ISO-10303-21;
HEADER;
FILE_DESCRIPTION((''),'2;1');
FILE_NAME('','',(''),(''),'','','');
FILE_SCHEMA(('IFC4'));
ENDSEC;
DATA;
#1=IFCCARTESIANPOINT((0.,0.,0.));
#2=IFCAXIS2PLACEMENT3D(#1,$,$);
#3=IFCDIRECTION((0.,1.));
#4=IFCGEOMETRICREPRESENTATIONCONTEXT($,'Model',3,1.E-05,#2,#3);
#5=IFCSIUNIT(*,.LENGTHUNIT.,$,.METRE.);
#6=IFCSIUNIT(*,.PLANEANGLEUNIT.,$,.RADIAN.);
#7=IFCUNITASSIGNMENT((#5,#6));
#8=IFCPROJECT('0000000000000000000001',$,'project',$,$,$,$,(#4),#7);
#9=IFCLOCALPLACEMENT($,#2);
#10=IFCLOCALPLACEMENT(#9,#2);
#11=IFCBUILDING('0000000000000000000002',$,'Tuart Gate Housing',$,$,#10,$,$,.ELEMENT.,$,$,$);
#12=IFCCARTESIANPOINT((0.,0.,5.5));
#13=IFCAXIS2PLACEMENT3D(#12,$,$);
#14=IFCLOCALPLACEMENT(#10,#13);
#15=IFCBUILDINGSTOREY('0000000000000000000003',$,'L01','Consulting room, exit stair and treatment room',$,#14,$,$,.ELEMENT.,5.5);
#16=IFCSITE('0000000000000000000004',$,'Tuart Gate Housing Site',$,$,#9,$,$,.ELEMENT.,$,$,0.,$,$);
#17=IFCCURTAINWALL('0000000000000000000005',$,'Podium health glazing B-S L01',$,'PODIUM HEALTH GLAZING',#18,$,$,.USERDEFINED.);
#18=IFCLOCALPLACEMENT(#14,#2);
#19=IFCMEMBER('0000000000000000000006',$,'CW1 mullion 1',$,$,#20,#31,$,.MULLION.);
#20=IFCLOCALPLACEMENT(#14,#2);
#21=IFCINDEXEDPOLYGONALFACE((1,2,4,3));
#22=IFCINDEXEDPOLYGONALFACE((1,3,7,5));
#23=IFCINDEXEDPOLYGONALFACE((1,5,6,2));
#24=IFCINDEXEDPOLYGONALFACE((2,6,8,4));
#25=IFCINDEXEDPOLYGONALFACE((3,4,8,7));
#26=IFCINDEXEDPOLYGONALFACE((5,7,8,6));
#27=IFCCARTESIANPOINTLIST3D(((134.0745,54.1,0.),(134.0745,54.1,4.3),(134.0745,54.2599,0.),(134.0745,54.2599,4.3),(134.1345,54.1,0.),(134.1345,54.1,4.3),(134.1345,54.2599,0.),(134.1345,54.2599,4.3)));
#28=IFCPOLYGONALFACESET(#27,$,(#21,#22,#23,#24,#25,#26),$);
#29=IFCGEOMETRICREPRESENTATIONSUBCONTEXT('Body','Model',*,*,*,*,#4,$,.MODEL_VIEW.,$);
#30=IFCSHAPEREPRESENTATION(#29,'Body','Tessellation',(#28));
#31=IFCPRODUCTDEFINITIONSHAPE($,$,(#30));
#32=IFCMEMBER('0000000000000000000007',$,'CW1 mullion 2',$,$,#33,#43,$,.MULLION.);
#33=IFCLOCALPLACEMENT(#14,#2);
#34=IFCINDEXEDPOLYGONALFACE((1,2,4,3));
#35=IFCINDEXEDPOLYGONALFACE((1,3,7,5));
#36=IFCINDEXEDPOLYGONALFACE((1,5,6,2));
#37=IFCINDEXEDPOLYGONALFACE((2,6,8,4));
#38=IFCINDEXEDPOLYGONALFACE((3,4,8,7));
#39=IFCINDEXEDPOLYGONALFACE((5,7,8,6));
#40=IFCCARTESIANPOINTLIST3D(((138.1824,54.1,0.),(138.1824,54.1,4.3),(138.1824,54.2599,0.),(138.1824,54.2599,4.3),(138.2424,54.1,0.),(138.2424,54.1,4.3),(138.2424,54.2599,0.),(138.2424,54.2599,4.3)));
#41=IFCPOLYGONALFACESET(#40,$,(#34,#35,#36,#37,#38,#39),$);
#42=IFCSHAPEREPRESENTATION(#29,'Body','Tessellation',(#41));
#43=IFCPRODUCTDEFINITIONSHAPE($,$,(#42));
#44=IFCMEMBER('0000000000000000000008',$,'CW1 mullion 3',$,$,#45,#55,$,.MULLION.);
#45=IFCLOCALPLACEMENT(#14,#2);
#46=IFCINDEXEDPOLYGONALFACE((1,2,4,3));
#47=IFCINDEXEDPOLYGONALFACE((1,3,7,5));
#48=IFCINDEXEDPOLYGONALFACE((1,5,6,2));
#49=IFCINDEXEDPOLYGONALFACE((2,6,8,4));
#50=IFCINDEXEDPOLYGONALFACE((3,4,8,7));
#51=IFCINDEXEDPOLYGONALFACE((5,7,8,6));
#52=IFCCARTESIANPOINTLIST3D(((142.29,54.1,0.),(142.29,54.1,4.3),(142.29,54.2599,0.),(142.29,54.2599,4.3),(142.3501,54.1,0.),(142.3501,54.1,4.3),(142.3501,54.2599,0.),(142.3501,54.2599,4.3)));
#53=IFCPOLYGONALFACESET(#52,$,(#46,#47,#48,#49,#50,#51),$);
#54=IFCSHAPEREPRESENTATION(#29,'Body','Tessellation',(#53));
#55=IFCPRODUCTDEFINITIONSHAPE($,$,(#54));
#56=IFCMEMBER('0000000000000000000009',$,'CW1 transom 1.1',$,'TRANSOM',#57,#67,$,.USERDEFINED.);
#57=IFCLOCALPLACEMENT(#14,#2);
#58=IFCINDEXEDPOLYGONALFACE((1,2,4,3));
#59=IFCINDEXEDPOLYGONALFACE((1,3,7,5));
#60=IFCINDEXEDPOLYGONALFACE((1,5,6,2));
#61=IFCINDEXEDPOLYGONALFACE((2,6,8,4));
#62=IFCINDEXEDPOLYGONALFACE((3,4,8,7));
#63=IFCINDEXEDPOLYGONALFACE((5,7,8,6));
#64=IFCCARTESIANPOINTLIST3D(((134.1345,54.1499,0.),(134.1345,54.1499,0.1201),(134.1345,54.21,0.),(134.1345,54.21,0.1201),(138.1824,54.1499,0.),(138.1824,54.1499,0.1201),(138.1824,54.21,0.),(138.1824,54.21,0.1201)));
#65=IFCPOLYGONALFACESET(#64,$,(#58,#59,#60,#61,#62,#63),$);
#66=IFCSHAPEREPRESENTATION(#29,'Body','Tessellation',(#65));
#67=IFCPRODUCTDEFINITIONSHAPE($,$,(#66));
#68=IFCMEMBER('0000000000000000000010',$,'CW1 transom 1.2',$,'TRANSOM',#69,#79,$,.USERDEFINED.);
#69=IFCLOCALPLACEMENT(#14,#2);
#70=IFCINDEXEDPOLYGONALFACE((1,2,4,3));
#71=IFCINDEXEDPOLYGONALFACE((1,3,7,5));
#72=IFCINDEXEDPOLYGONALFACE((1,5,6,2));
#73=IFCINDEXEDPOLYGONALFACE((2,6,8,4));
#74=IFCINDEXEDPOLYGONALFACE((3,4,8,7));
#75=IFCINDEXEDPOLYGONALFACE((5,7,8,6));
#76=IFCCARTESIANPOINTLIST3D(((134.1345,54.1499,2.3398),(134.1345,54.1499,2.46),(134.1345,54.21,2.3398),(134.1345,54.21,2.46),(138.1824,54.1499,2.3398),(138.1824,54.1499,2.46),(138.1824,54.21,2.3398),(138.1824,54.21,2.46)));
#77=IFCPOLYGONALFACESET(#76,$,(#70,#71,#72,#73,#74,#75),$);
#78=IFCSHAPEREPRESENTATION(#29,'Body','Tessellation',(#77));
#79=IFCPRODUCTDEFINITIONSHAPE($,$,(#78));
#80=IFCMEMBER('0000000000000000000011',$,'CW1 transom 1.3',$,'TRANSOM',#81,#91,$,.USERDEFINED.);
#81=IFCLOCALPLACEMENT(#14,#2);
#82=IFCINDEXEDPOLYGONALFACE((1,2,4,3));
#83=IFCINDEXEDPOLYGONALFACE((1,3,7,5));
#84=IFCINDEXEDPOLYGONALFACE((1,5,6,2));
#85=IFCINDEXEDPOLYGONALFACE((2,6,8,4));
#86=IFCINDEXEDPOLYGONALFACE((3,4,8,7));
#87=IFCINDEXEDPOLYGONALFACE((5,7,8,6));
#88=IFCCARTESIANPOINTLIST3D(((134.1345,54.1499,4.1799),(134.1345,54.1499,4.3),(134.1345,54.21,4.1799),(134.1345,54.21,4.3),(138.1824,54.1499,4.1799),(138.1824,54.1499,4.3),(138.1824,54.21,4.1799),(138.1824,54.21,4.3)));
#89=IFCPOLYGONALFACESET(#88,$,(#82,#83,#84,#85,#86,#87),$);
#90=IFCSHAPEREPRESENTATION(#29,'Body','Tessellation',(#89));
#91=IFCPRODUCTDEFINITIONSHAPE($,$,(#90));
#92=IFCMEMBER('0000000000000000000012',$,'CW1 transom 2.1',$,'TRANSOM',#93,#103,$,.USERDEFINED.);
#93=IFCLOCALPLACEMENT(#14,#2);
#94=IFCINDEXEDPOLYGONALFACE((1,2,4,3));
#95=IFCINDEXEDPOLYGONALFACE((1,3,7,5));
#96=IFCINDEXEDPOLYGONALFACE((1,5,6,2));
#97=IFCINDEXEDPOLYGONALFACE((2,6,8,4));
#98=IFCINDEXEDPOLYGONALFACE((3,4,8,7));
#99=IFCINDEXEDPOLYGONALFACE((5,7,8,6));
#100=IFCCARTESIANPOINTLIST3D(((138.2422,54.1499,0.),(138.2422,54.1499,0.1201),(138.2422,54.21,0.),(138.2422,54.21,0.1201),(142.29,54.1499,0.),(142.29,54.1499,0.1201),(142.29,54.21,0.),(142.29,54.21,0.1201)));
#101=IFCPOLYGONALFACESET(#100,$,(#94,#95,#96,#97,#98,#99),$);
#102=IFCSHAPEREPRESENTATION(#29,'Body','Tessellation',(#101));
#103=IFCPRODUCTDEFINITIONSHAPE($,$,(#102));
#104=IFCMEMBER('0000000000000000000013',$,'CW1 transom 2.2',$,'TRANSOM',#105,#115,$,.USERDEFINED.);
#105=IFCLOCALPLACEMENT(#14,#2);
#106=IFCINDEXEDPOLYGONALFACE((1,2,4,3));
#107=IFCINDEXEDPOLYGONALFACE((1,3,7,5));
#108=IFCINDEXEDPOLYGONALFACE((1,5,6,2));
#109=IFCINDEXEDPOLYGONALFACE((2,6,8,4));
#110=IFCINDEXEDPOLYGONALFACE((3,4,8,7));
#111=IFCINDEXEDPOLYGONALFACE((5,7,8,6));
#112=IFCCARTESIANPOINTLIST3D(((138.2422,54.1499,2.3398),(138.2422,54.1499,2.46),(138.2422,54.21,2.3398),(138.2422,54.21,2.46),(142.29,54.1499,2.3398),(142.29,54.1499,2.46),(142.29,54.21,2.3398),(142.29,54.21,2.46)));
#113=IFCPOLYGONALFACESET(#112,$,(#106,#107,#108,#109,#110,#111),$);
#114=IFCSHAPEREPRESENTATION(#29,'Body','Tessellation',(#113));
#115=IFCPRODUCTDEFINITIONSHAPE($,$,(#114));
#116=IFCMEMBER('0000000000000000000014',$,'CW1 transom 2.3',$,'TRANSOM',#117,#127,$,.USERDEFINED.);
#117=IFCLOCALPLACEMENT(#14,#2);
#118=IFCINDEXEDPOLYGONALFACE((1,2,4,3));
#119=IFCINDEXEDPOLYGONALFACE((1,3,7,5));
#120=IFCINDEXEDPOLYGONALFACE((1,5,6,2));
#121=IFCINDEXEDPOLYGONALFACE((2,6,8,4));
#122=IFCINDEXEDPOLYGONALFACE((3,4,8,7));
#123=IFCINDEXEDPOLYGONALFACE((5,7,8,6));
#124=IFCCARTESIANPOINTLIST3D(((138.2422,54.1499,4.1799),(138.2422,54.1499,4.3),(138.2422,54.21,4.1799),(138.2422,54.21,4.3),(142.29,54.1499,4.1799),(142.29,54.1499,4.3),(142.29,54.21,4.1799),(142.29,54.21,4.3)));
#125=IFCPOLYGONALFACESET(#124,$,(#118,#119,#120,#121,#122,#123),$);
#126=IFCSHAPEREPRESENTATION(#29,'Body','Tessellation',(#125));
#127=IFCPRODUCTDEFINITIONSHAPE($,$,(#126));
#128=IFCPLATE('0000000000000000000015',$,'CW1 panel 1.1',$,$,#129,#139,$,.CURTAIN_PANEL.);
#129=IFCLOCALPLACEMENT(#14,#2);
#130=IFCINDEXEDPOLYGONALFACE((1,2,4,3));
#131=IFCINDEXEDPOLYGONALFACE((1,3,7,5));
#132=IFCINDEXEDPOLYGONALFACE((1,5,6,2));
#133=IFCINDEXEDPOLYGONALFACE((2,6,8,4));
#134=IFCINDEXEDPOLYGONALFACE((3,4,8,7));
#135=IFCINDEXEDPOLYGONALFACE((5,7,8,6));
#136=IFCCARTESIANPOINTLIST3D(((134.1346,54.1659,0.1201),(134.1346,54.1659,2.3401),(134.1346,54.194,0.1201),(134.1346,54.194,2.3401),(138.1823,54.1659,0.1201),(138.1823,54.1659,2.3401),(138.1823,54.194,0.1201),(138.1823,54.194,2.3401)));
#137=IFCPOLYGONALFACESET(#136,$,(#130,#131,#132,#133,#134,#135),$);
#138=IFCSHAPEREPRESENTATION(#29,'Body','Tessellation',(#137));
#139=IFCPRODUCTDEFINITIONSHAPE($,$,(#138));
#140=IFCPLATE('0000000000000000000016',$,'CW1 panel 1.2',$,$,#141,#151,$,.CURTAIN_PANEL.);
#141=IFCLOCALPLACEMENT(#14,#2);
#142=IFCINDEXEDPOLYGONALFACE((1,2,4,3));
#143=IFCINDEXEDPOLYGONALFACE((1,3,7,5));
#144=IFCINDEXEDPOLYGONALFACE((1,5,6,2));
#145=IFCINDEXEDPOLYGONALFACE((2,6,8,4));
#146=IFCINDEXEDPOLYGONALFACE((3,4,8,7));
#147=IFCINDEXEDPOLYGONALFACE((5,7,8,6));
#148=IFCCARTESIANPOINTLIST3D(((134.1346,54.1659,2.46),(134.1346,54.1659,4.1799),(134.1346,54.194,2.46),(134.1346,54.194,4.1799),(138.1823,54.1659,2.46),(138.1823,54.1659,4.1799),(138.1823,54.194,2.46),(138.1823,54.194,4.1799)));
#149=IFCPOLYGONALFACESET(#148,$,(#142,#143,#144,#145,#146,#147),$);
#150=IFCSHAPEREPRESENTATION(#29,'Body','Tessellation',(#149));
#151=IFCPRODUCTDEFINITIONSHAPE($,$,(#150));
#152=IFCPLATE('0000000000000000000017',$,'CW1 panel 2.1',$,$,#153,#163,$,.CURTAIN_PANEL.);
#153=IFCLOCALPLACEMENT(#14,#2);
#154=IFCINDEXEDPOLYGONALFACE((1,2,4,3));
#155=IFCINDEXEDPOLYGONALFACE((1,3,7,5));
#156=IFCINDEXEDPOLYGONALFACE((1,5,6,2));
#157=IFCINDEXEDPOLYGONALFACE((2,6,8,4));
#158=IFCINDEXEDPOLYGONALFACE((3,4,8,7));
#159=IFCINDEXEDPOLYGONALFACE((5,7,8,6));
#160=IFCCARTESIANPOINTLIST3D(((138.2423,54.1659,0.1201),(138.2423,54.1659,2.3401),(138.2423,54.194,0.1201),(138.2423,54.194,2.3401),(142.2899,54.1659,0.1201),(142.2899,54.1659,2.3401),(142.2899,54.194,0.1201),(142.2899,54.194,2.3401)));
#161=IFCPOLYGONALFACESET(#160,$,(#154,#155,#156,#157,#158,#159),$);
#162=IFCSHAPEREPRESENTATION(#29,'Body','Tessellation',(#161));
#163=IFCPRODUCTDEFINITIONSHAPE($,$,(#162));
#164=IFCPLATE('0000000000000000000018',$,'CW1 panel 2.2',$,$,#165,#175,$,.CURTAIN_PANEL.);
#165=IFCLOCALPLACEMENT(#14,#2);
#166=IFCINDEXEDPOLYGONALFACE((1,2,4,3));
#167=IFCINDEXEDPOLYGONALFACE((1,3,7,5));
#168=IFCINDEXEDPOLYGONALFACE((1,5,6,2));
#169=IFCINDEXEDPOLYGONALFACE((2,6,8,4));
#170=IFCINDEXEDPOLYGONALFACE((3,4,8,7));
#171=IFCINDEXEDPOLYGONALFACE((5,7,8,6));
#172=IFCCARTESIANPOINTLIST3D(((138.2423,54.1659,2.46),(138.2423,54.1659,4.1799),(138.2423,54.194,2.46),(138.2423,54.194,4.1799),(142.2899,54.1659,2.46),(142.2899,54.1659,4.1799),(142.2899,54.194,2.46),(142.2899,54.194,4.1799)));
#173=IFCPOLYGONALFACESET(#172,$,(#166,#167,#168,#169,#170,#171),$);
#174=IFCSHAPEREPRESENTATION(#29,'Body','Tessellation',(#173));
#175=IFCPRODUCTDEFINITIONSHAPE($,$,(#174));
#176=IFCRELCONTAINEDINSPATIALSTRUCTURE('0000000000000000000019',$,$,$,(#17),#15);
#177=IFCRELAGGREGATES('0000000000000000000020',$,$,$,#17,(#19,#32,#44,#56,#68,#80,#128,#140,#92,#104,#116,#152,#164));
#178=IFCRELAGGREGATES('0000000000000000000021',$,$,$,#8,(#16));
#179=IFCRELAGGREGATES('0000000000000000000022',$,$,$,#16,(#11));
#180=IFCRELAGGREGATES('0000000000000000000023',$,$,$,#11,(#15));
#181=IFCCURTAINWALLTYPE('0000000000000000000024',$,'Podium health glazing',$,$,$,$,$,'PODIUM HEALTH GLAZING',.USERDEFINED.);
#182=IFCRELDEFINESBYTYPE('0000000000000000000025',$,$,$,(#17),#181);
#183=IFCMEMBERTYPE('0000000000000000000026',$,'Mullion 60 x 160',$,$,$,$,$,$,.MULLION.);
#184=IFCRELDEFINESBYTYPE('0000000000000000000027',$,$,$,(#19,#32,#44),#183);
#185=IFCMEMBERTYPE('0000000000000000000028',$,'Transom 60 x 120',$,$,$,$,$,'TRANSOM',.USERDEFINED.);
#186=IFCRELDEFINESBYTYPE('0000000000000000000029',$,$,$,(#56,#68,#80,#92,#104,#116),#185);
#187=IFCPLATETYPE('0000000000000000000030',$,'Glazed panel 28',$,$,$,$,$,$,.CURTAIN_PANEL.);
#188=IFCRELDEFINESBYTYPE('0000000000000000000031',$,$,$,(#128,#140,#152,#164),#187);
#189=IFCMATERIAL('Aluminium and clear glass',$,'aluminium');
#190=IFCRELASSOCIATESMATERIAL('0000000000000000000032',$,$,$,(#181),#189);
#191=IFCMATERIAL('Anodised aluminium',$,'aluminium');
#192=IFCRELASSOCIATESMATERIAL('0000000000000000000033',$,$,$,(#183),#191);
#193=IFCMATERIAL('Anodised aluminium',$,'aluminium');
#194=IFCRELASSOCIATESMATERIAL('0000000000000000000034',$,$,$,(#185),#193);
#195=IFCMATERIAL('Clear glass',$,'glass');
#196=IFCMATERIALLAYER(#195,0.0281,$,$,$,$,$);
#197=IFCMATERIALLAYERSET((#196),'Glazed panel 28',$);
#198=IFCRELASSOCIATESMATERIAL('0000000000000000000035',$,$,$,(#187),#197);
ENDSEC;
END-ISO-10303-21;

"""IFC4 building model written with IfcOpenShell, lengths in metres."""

from ifc_helpers import new_model, si_unit, direction, frame, origin, origin_2d, place, context, subcontext, project, spatial, rectangle, extrude, material, layer, layer_set, material_profile, profile_set, type_object, element, aggregate, save


model = new_model("IFC4")

# Units and contexts
model_context = context("Model", 3, precision=1e-05, world=origin(), true_north=direction((0.0, 1.0)))
body_context = subcontext(model_context, "Body", "Model", "MODEL_VIEW")
ifc_project = project(units=[si_unit("LENGTHUNIT", "METRE"), si_unit("PLANEANGLEUNIT", "RADIAN")], contexts=[model_context])

# Site, building, storey
site_placement = place(None, origin())
site = spatial("IfcSite", under=ifc_project, at=site_placement, Name="Tuart Gate Housing Site", CompositionType="ELEMENT", RefElevation=0.0)
building_placement = place(site_placement, origin())
building = spatial("IfcBuilding", under=site, at=building_placement, Name="Tuart Gate Housing", CompositionType="ELEMENT")
storey_placement = place(building_placement, frame((0.0, 0.0, 5.5)))
storey = spatial("IfcBuildingStorey", under=building, at=storey_placement, Name="L01", Description="Consulting room, exit stair and treatment room", CompositionType="ELEMENT", Elevation=5.5)

# Curtain wall, members, plates
ifc_material_1 = material(Name="Aluminium and clear glass", Category="aluminium")
curtain_wall_type = type_object("IfcCurtainWallType", Name="Podium health glazing", ElementType="PODIUM HEALTH GLAZING", PredefinedType="USERDEFINED", material=ifc_material_1)
curtain_wall_placement = place(storey_placement, origin())
curtain_wall = element("IfcCurtainWall", 1, at=curtain_wall_placement, inside=storey, type_object=curtain_wall_type, Name="Podium health glazing B-S L01", ObjectType="PODIUM HEALTH GLAZING", PredefinedType="USERDEFINED")
ifc_material_2 = material(Name="Anodised aluminium", Category="aluminium")
ifc_material_profile_1 = material_profile(ifc_material_2, rectangle(XDim=0.0601, YDim=0.1599, at=origin_2d()), Name="60x160")
ifc_profile_set_1 = profile_set([ifc_material_profile_1], Name="Anodised aluminium")
member_type_1 = type_object("IfcMemberType", Name="Mullion 60 x 160", PredefinedType="MULLION", material=ifc_profile_set_1)
member_1_placement = place(storey_placement, frame((134.1045, 54.1799, 0.0), z_axis=(0.0, 0.0, 1.0), x_axis=(1.0, 0.0, 0.0)))
member_1 = element("IfcMember", 2, at=member_1_placement, type_object=member_type_1, Name="CW1 mullion 1", PredefinedType="MULLION", context=body_context, shape_type="SweptSolid", body=[
    extrude(rectangle(XDim=0.0601, YDim=0.1599, at=origin_2d()), origin(), (0.0, 0.0, 1.0), 4.3),
])
member_2_placement = place(storey_placement, frame((138.2124, 54.1799, 0.0), z_axis=(0.0, 0.0, 1.0), x_axis=(1.0, 0.0, 0.0)))
member_2 = element("IfcMember", 3, at=member_2_placement, type_object=member_type_1, Name="CW1 mullion 2", PredefinedType="MULLION", context=body_context, shape_type="SweptSolid", body=[
    extrude(rectangle(XDim=0.0601, YDim=0.1599, at=origin_2d()), origin(), (0.0, 0.0, 1.0), 4.3),
])
member_3_placement = place(storey_placement, frame((142.3201, 54.1799, 0.0), z_axis=(0.0, 0.0, 1.0), x_axis=(1.0, 0.0, 0.0)))
member_3 = element("IfcMember", 4, at=member_3_placement, type_object=member_type_1, Name="CW1 mullion 3", PredefinedType="MULLION", context=body_context, shape_type="SweptSolid", body=[
    extrude(rectangle(XDim=0.0601, YDim=0.1599, at=origin_2d()), origin(), (0.0, 0.0, 1.0), 4.3),
])
ifc_material_3 = material(Name="Anodised aluminium", Category="aluminium")
ifc_material_profile_2 = material_profile(ifc_material_3, rectangle(XDim=0.0601, YDim=0.1201, at=origin_2d()), Name="60x120")
ifc_profile_set_2 = profile_set([ifc_material_profile_2], Name="Anodised aluminium")
member_type_2 = type_object("IfcMemberType", Name="Transom 60 x 120", ElementType="TRANSOM", PredefinedType="USERDEFINED", material=ifc_profile_set_2)
member_4_placement = place(storey_placement, frame((134.1345, 54.1799, 0.0601), z_axis=(1.0, 0.0, 0.0), x_axis=(0.0, 1.0, 0.0)))
member_4 = element("IfcMember", 5, at=member_4_placement, type_object=member_type_2, Name="CW1 transom 1.1", ObjectType="TRANSOM", PredefinedType="USERDEFINED", context=body_context, shape_type="SweptSolid", body=[
    extrude(rectangle(XDim=0.0601, YDim=0.1201, at=origin_2d()), origin(), (0.0, 0.0, 1.0), 4.0479),
])
member_5_placement = place(storey_placement, frame((134.1345, 54.1799, 2.3999), z_axis=(1.0, 0.0, 0.0), x_axis=(0.0, 1.0, 0.0)))
member_5 = element("IfcMember", 6, at=member_5_placement, type_object=member_type_2, Name="CW1 transom 1.2", ObjectType="TRANSOM", PredefinedType="USERDEFINED", context=body_context, shape_type="SweptSolid", body=[
    extrude(rectangle(XDim=0.0601, YDim=0.1201, at=origin_2d()), origin(), (0.0, 0.0, 1.0), 4.0479),
])
member_6_placement = place(storey_placement, frame((134.1345, 54.1799, 4.24), z_axis=(1.0, 0.0, 0.0), x_axis=(0.0, 1.0, 0.0)))
member_6 = element("IfcMember", 7, at=member_6_placement, type_object=member_type_2, Name="CW1 transom 1.3", ObjectType="TRANSOM", PredefinedType="USERDEFINED", context=body_context, shape_type="SweptSolid", body=[
    extrude(rectangle(XDim=0.0601, YDim=0.1201, at=origin_2d()), origin(), (0.0, 0.0, 1.0), 4.0479),
])
member_7_placement = place(storey_placement, frame((138.2422, 54.1799, 0.0601), z_axis=(1.0, 0.0, 0.0), x_axis=(0.0, 1.0, 0.0)))
member_7 = element("IfcMember", 8, at=member_7_placement, type_object=member_type_2, Name="CW1 transom 2.1", ObjectType="TRANSOM", PredefinedType="USERDEFINED", context=body_context, shape_type="SweptSolid", body=[
    extrude(rectangle(XDim=0.0601, YDim=0.1201, at=origin_2d()), origin(), (0.0, 0.0, 1.0), 4.0479),
])
member_8_placement = place(storey_placement, frame((138.2422, 54.1799, 2.3999), z_axis=(1.0, 0.0, 0.0), x_axis=(0.0, 1.0, 0.0)))
member_8 = element("IfcMember", 9, at=member_8_placement, type_object=member_type_2, Name="CW1 transom 2.2", ObjectType="TRANSOM", PredefinedType="USERDEFINED", context=body_context, shape_type="SweptSolid", body=[
    extrude(rectangle(XDim=0.0601, YDim=0.1201, at=origin_2d()), origin(), (0.0, 0.0, 1.0), 4.0479),
])
member_9_placement = place(storey_placement, frame((138.2422, 54.1799, 4.24), z_axis=(1.0, 0.0, 0.0), x_axis=(0.0, 1.0, 0.0)))
member_9 = element("IfcMember", 10, at=member_9_placement, type_object=member_type_2, Name="CW1 transom 2.3", ObjectType="TRANSOM", PredefinedType="USERDEFINED", context=body_context, shape_type="SweptSolid", body=[
    extrude(rectangle(XDim=0.0601, YDim=0.1201, at=origin_2d()), origin(), (0.0, 0.0, 1.0), 4.0479),
])
ifc_material_4 = material(Name="Clear glass", Category="glass")
ifc_layer = layer(ifc_material_4, 0.0281)
ifc_layer_set = layer_set([ifc_layer], Name="Glazed panel 28")
plate_type = type_object("IfcPlateType", Name="Glazed panel 28", PredefinedType="CURTAIN_PANEL", material=ifc_layer_set)
plate_1_placement = place(storey_placement, frame((136.1584, 54.1799, 0.1201), z_axis=(0.0, 0.0, 1.0), x_axis=(1.0, 0.0, 0.0)))
plate_1 = element("IfcPlate", 11, at=plate_1_placement, type_object=plate_type, Name="CW1 panel 1.1", PredefinedType="CURTAIN_PANEL", context=body_context, shape_type="SweptSolid", body=[
    extrude(rectangle(XDim=4.0476, YDim=0.0281, at=origin_2d()), origin(), (0.0, 0.0, 1.0), 2.22),
])
plate_2_placement = place(storey_placement, frame((136.1584, 54.1799, 2.46), z_axis=(0.0, 0.0, 1.0), x_axis=(1.0, 0.0, 0.0)))
plate_2 = element("IfcPlate", 12, at=plate_2_placement, type_object=plate_type, Name="CW1 panel 1.2", PredefinedType="CURTAIN_PANEL", context=body_context, shape_type="SweptSolid", body=[
    extrude(rectangle(XDim=4.0476, YDim=0.0281, at=origin_2d()), origin(), (0.0, 0.0, 1.0), 1.72),
])
plate_3_placement = place(storey_placement, frame((140.2661, 54.1799, 0.1201), z_axis=(0.0, 0.0, 1.0), x_axis=(1.0, 0.0, 0.0)))
plate_3 = element("IfcPlate", 13, at=plate_3_placement, type_object=plate_type, Name="CW1 panel 2.1", PredefinedType="CURTAIN_PANEL", context=body_context, shape_type="SweptSolid", body=[
    extrude(rectangle(XDim=4.0476, YDim=0.0281, at=origin_2d()), origin(), (0.0, 0.0, 1.0), 2.22),
])
plate_4_placement = place(storey_placement, frame((140.2661, 54.1799, 2.46), z_axis=(0.0, 0.0, 1.0), x_axis=(1.0, 0.0, 0.0)))
plate_4 = element("IfcPlate", 14, at=plate_4_placement, type_object=plate_type, Name="CW1 panel 2.2", PredefinedType="CURTAIN_PANEL", context=body_context, shape_type="SweptSolid", body=[
    extrude(rectangle(XDim=4.0476, YDim=0.0281, at=origin_2d()), origin(), (0.0, 0.0, 1.0), 1.72),
])
aggregate(curtain_wall, [member_1, member_2, member_3, member_4, member_5, member_6, plate_1, plate_2, member_7, member_8, member_9, plate_3, plate_4])

save(model, "model.ifc")
